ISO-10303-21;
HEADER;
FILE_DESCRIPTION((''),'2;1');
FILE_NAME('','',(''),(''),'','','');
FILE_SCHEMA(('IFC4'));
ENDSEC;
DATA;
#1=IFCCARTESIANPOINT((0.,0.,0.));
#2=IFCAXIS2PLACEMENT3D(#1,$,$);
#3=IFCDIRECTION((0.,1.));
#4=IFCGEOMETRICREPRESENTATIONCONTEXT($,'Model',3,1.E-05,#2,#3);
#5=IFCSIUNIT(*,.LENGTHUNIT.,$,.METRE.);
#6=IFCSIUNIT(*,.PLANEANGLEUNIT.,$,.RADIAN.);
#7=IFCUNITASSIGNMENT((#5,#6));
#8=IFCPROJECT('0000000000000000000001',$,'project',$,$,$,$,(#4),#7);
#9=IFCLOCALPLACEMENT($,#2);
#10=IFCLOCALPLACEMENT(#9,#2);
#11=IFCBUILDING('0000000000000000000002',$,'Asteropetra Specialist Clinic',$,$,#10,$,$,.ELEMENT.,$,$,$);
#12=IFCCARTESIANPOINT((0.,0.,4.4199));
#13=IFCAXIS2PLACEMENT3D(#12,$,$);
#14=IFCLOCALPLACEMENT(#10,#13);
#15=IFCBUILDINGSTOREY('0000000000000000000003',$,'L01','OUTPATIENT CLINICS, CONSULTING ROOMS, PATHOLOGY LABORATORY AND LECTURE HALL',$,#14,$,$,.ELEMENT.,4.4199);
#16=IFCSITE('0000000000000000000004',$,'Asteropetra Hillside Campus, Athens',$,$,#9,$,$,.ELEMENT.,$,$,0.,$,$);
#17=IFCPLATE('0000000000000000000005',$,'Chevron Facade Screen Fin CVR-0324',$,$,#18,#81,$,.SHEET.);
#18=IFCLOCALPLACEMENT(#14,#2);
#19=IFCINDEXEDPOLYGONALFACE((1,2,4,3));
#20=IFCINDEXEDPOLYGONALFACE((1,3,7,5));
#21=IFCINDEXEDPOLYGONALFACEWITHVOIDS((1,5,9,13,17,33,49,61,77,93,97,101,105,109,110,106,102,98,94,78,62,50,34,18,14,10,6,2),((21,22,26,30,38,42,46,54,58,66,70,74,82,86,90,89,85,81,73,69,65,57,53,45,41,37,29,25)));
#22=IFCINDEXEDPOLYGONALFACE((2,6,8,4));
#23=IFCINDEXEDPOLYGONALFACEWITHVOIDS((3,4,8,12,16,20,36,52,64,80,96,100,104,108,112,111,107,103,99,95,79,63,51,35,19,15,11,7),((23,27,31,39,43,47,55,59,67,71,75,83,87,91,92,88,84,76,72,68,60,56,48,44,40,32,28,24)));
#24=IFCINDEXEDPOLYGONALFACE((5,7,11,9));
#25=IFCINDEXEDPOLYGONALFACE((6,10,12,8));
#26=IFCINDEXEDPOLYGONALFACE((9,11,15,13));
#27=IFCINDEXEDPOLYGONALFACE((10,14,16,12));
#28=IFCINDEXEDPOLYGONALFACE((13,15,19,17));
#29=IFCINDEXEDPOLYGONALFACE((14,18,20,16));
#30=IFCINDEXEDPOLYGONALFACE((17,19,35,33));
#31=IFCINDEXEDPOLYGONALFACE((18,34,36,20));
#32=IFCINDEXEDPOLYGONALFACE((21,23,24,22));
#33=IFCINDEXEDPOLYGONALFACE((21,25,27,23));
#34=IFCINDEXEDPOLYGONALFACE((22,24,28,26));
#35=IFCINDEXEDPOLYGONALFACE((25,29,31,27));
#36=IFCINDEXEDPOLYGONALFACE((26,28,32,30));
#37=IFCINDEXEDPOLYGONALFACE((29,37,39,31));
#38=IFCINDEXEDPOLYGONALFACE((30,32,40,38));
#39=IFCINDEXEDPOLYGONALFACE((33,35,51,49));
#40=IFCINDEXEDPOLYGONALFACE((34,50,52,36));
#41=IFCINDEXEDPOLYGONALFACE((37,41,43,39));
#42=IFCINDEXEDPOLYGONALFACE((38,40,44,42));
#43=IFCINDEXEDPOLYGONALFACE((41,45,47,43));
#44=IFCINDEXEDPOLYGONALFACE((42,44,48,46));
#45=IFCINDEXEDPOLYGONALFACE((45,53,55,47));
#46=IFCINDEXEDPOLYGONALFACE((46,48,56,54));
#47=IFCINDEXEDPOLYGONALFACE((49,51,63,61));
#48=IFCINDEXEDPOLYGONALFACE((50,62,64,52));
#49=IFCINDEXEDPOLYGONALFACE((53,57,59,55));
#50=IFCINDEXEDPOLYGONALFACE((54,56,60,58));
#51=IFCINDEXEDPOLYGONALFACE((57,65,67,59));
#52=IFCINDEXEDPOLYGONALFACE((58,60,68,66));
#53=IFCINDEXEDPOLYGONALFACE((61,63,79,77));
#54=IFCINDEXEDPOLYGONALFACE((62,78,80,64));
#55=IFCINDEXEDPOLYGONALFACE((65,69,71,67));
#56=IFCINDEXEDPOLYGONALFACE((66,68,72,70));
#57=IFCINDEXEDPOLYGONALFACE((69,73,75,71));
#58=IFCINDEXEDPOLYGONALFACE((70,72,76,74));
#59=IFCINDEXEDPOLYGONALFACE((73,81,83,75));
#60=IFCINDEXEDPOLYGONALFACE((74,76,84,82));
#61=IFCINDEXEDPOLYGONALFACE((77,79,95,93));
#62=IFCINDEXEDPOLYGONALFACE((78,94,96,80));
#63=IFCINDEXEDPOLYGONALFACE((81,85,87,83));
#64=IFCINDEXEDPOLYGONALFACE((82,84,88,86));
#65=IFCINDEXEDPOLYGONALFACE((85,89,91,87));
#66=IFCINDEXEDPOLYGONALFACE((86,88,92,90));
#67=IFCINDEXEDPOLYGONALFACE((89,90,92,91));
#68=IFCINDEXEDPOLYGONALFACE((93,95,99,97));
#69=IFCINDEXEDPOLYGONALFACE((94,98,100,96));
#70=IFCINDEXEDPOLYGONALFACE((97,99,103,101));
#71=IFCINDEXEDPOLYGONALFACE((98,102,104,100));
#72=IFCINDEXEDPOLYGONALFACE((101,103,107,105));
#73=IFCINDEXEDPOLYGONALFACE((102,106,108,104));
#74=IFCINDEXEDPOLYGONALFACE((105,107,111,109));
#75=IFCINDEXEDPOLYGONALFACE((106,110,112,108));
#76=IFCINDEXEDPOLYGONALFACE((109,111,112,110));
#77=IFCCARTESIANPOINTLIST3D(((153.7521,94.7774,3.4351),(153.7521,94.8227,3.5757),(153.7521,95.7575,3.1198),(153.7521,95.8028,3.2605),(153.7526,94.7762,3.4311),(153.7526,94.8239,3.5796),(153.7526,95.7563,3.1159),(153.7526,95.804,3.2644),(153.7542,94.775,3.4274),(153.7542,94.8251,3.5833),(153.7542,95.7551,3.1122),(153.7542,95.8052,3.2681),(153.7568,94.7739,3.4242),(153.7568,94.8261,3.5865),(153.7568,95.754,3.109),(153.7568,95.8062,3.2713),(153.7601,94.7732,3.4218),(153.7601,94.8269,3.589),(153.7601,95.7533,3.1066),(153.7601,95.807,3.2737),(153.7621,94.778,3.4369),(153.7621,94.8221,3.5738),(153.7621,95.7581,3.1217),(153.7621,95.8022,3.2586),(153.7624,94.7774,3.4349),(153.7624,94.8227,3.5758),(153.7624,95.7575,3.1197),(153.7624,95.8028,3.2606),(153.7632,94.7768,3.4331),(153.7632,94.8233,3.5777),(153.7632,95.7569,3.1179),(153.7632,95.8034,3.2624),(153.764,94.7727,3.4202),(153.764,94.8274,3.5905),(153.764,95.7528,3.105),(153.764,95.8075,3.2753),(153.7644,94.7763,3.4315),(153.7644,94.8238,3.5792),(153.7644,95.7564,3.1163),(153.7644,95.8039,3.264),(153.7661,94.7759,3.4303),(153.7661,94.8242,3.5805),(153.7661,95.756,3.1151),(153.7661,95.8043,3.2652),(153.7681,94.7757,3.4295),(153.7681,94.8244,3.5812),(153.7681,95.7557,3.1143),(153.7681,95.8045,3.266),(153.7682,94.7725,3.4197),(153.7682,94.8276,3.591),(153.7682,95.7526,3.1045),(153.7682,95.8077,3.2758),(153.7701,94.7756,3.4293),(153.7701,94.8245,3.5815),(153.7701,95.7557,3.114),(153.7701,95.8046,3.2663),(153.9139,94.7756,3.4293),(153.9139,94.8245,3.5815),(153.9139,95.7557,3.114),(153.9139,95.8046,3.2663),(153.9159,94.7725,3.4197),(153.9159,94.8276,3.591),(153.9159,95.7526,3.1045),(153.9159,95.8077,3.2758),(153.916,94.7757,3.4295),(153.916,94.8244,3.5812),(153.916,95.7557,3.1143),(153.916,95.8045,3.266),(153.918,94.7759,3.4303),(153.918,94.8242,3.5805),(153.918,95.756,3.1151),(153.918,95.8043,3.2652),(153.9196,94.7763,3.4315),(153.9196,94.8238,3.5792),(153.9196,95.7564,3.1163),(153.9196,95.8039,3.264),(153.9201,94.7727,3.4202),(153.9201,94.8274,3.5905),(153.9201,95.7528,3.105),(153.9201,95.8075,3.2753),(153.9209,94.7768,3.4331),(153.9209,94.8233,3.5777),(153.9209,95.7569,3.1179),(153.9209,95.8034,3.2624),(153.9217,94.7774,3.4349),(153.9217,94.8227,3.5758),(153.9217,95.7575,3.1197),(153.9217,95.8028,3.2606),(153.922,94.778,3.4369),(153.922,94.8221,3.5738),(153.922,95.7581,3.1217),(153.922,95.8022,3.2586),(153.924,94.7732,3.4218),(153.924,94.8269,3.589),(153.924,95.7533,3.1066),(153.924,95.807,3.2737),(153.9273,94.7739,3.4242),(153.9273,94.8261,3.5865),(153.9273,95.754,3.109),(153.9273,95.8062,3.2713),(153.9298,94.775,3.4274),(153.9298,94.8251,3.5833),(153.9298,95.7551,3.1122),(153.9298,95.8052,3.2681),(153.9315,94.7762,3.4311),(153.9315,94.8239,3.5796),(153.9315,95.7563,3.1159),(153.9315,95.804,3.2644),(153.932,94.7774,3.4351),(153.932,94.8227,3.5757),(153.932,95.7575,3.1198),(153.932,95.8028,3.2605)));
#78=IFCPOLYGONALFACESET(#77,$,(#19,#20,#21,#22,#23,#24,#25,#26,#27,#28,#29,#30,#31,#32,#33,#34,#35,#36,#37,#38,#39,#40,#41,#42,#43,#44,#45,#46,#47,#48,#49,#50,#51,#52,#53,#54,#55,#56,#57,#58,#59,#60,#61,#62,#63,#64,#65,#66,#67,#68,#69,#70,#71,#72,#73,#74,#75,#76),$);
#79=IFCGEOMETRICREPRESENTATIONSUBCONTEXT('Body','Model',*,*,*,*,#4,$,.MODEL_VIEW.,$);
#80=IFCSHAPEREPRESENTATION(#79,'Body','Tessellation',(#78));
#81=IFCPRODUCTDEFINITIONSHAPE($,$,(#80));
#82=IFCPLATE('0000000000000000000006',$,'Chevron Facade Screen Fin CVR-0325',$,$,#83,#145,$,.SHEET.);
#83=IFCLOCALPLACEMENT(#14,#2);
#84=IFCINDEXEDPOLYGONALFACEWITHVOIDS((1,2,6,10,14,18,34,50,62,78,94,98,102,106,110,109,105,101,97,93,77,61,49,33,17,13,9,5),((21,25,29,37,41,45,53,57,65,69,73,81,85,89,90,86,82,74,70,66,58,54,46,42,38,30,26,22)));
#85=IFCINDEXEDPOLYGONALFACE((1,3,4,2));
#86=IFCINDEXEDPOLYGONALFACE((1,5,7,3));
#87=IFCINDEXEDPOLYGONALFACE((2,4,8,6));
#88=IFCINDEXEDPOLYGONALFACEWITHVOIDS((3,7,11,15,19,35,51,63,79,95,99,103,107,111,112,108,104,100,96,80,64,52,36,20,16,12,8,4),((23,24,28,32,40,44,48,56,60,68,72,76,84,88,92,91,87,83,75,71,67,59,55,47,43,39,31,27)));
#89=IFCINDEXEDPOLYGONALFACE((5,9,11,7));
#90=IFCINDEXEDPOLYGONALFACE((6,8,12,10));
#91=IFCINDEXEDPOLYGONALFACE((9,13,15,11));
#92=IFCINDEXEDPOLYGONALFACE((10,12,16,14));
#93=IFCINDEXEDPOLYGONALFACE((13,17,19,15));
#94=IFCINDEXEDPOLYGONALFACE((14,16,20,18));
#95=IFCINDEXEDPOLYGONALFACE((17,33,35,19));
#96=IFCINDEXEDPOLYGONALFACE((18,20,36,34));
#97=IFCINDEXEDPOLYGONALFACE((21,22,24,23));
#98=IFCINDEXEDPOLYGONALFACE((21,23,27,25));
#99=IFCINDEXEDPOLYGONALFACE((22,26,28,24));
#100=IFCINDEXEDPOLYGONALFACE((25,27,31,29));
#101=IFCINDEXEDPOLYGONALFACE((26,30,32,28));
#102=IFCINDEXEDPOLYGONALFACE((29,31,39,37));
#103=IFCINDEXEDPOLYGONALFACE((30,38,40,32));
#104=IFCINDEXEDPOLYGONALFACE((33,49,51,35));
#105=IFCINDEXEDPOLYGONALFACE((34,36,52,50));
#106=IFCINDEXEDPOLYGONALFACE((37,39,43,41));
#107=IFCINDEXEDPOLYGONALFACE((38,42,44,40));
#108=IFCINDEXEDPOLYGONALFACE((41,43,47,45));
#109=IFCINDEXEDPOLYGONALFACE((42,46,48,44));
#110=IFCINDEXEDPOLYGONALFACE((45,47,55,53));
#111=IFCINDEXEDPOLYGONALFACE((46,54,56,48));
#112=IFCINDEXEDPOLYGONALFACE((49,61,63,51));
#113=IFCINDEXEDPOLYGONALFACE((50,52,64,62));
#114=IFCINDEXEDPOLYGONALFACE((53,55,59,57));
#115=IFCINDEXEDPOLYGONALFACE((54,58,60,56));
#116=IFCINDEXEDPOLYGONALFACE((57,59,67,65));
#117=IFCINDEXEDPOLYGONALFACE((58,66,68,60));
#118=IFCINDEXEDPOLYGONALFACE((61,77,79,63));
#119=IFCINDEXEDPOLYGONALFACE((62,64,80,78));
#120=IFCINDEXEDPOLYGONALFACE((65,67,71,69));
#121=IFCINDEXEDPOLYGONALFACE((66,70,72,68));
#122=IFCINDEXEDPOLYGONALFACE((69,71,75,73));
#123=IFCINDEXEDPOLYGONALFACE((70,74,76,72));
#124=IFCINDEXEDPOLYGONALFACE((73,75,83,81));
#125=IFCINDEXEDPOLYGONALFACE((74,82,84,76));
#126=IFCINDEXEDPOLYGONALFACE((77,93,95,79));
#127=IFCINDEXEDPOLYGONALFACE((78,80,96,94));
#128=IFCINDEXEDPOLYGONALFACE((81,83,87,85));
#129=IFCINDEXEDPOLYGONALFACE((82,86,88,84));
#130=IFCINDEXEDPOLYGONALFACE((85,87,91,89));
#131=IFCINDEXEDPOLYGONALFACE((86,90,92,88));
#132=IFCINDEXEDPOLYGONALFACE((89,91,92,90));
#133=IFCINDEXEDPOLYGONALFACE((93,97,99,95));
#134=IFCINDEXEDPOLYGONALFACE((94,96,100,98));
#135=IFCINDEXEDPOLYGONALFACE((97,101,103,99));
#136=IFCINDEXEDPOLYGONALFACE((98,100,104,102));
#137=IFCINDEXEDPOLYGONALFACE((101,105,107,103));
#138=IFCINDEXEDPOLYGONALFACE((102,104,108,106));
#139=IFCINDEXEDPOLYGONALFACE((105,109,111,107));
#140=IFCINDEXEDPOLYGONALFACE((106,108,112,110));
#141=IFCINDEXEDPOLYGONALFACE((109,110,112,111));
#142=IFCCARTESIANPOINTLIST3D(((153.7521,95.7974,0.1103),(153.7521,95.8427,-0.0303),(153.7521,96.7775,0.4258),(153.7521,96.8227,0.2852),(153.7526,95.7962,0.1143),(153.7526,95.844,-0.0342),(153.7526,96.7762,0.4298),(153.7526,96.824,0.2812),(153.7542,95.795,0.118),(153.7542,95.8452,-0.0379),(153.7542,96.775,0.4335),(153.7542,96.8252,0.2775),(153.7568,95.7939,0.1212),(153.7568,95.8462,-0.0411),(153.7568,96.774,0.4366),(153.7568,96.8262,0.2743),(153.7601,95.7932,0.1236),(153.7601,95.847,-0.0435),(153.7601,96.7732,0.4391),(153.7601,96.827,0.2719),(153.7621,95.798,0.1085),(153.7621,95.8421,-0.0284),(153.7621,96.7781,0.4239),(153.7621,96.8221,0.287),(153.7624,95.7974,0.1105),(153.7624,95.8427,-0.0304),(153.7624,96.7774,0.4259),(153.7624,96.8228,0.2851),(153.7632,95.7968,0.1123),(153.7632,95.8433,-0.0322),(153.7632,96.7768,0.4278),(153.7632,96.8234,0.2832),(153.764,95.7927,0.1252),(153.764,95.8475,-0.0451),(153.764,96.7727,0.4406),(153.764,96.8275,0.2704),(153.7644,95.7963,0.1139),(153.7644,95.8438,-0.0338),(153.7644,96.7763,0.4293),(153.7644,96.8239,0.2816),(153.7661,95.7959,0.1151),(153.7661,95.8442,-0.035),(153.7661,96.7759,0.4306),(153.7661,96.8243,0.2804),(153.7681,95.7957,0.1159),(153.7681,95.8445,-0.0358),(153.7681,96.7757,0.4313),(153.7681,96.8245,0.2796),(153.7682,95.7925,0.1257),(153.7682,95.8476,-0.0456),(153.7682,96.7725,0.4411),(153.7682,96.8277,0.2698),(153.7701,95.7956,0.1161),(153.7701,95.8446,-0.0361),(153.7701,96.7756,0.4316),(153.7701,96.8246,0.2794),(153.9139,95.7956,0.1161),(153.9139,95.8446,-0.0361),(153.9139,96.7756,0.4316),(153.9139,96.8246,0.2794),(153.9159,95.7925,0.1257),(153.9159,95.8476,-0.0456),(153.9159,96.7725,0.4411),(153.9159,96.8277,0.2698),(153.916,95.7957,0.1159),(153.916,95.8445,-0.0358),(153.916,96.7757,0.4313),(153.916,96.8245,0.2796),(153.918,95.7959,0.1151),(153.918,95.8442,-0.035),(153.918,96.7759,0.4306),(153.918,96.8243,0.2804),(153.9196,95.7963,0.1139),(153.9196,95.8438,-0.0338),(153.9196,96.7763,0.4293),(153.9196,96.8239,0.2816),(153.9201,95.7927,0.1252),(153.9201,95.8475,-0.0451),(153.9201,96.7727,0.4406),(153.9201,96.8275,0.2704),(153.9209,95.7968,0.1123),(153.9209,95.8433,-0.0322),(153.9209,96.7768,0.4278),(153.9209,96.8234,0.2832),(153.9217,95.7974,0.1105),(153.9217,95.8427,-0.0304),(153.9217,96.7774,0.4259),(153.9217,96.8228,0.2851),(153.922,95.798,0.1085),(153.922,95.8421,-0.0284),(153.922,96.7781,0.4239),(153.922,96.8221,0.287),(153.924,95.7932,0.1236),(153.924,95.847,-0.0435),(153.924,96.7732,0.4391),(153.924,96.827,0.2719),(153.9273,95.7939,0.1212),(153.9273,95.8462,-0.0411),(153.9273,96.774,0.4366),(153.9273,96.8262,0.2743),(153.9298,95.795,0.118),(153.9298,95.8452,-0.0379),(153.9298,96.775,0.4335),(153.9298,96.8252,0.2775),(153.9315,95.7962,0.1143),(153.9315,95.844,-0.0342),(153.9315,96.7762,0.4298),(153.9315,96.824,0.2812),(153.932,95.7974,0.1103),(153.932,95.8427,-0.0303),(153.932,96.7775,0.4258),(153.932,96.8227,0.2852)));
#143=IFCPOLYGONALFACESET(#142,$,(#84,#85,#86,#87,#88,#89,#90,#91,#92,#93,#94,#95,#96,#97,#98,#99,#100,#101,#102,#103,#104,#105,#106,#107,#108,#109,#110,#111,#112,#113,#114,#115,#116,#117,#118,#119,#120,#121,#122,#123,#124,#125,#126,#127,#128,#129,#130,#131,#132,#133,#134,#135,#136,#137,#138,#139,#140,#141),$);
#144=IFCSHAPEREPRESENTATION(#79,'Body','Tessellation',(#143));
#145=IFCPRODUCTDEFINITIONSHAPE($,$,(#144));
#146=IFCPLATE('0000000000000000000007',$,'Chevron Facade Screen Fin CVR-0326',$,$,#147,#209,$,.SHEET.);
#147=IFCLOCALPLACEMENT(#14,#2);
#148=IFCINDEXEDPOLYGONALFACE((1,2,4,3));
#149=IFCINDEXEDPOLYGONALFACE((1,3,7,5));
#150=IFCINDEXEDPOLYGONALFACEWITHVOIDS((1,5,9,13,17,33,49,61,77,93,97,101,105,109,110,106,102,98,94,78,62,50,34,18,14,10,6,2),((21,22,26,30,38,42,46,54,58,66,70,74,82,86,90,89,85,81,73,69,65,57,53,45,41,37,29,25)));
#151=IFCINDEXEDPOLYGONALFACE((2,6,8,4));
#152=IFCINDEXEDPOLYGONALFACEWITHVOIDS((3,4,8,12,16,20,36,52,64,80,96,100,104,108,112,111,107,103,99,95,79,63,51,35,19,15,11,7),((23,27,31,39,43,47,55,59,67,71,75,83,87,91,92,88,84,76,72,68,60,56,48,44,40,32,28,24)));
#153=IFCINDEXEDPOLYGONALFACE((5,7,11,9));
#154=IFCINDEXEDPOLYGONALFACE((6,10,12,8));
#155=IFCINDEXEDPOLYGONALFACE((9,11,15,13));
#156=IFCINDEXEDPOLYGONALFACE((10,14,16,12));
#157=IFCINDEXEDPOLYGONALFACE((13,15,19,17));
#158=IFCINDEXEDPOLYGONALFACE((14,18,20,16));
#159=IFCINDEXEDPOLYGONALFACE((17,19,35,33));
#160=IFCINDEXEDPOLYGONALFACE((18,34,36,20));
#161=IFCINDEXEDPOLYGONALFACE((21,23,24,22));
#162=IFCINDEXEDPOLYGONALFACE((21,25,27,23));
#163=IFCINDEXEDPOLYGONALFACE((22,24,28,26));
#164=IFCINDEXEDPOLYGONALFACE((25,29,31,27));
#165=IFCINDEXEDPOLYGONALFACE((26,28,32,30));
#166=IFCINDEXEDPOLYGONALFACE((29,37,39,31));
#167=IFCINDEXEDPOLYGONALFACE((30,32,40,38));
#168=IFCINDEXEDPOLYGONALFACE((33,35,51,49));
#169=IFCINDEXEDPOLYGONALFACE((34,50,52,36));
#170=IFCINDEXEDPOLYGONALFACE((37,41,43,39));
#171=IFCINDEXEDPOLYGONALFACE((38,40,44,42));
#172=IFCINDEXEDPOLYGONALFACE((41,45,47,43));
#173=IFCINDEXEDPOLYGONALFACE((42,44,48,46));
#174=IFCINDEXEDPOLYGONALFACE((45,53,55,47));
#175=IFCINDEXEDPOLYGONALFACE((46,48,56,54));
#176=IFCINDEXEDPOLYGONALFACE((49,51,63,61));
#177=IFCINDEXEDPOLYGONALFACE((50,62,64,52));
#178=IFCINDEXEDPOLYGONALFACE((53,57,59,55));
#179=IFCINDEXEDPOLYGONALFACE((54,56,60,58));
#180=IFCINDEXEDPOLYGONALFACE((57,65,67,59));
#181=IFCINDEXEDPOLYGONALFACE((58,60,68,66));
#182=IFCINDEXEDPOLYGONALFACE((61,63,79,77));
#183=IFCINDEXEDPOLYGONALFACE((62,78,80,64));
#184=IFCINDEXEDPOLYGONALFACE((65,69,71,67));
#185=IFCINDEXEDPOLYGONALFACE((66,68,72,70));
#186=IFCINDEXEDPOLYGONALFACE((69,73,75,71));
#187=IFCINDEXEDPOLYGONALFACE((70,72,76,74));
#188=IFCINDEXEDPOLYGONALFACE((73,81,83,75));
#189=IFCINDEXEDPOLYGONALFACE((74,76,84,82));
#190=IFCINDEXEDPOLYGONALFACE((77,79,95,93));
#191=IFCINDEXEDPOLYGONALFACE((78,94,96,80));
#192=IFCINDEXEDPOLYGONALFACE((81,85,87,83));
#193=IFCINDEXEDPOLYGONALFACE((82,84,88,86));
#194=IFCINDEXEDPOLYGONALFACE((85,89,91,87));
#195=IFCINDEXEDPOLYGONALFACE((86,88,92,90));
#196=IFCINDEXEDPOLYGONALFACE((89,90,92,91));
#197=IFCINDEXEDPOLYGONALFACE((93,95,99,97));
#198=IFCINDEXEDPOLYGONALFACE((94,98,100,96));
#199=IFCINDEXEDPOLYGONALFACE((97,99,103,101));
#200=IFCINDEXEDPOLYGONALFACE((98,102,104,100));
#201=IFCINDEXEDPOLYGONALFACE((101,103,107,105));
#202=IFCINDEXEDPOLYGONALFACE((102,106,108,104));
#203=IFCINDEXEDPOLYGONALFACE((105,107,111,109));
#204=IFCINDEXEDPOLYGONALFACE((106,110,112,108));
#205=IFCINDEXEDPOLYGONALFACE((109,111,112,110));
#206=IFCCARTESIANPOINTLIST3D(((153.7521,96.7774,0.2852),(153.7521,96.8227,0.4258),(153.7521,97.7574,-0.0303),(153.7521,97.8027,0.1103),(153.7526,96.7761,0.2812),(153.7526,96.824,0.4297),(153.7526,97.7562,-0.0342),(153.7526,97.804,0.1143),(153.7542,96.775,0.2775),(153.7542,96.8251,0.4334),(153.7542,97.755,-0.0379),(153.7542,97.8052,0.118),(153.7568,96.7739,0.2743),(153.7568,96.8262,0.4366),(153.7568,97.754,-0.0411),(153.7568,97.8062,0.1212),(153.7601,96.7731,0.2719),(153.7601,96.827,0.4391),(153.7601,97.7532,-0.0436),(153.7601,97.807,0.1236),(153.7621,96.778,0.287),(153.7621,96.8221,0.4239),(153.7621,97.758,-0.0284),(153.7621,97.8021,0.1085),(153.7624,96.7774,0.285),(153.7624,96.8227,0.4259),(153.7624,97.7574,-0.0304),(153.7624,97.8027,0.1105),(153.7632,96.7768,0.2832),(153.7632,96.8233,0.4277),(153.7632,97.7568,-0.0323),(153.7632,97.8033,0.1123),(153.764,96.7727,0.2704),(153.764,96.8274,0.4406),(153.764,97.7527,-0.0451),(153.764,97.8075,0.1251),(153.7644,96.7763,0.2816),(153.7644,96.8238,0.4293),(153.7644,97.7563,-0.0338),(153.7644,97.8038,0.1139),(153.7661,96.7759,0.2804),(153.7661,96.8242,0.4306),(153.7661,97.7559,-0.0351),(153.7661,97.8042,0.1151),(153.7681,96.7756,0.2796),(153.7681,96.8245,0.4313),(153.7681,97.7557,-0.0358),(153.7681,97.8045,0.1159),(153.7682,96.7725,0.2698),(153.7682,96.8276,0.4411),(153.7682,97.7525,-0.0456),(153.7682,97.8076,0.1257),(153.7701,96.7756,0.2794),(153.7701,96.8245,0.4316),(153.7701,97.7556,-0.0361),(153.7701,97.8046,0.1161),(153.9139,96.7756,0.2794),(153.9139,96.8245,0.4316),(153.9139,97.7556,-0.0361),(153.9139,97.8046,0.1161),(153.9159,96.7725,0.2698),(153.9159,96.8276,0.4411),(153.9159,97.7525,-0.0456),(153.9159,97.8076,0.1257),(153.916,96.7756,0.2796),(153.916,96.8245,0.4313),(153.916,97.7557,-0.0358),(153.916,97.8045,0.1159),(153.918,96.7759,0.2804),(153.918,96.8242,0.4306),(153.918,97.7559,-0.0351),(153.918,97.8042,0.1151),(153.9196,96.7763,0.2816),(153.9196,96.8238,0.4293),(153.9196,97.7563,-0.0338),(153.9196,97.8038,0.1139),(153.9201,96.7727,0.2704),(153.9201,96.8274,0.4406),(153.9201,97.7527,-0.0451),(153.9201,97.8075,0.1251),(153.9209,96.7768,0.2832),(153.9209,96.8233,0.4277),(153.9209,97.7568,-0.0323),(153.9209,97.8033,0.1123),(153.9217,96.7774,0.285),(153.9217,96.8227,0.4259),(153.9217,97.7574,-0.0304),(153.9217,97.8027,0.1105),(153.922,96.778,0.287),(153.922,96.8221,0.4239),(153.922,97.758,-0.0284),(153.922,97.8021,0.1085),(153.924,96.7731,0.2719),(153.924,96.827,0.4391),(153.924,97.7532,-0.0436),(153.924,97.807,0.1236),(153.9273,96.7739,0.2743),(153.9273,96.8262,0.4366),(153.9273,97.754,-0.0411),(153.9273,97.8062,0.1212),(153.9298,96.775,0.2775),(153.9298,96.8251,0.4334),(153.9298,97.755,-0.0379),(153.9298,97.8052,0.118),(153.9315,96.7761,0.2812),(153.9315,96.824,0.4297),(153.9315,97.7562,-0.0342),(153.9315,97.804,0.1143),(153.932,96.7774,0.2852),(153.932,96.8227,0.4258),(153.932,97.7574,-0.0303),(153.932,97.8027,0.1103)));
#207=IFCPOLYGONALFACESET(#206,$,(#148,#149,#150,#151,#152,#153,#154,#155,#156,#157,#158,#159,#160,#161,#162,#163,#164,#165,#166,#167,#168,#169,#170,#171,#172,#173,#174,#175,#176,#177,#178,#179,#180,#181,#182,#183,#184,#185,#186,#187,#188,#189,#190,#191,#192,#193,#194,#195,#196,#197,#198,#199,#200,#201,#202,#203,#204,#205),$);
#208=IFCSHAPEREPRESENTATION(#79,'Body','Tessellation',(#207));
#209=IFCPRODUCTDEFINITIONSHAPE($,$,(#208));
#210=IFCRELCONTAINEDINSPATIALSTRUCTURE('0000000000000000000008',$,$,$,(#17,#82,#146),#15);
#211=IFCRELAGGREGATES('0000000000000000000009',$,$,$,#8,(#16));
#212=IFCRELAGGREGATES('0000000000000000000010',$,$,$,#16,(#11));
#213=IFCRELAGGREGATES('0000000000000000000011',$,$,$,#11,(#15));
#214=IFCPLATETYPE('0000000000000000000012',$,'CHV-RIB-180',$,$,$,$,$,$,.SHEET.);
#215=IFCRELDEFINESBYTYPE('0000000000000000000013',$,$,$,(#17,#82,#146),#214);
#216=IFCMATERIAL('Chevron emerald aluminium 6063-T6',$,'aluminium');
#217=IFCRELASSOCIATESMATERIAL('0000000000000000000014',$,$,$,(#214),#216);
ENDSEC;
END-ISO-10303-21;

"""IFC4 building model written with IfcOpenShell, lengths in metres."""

from ifc_helpers import new_model, si_unit, direction, frame, origin, origin_2d, place, context, subcontext, project, spatial, hollow_rectangle, extrude, material, material_profile, profile_set, type_object, element, save


model = new_model("IFC4")

# Units and contexts
model_context = context("Model", 3, precision=1e-05, world=origin(), true_north=direction((0.0, 1.0)))
body_context = subcontext(model_context, "Body", "Model", "MODEL_VIEW")
ifc_project = project(units=[si_unit("LENGTHUNIT", "METRE"), si_unit("PLANEANGLEUNIT", "RADIAN")], contexts=[model_context])

# Site, building, storey
site_placement = place(None, origin())
site = spatial("IfcSite", under=ifc_project, at=site_placement, Name="Asteropetra Hillside Campus, Athens", CompositionType="ELEMENT", RefElevation=0.0)
building_placement = place(site_placement, origin())
building = spatial("IfcBuilding", under=site, at=building_placement, Name="Asteropetra Specialist Clinic", CompositionType="ELEMENT")
storey_placement = place(building_placement, frame((0.0, 0.0, 4.4199)))
storey = spatial("IfcBuildingStorey", under=building, at=storey_placement, Name="L01", Description="OUTPATIENT CLINICS, CONSULTING ROOMS, PATHOLOGY LABORATORY AND LECTURE HALL", CompositionType="ELEMENT", Elevation=4.4199)

# Plates
ifc_material_1 = material(Name="Chevron emerald aluminium 6063-T6", Category="aluminium")
ifc_material_profile = material_profile(ifc_material_1, hollow_rectangle(XDim=0.1799, YDim=0.1799, WallThickness=0.01, InnerFilletRadius=0.0081, OuterFilletRadius=0.0161, at=origin_2d()), Name="SHS 180x180x10.0")
ifc_profile_set = profile_set([ifc_material_profile], Name="Chevron emerald aluminium 6063-T6")
plate_type = type_object("IfcPlateType", Name="CHV-RIB-180", PredefinedType="SHEET", material=ifc_profile_set)
for number, where, z_axis, x_axis, name in (
    (1, (153.842, 94.8, 3.5054), (0.0, 0.951974, -0.306178), (-1.0, 0.0, 0.0), "Chevron Facade Screen Fin CVR-0324"),
    (2, (153.842, 95.8201, 0.04), (0.0, 0.951905, 0.306393), (-1.0, 0.0, 0.0), "Chevron Facade Screen Fin CVR-0325"),
    (3, (153.842, 96.8, 0.3555), (0.0, 0.951905, -0.306393), (-1.0, 0.0, 0.0), "Chevron Facade Screen Fin CVR-0326"),
):
    element("IfcPlate", number, at=place(storey_placement, frame(where, z_axis=z_axis, x_axis=x_axis)), inside=storey, type_object=plate_type, Name=name, PredefinedType="SHEET", context=body_context, shape_type="SweptSolid", body=[
        extrude(hollow_rectangle(XDim=0.1799, YDim=0.1799, WallThickness=0.01, InnerFilletRadius=0.0081, OuterFilletRadius=0.0161, at=origin_2d()), origin(), (0.0, 0.0, 1.0), 1.0295),
    ])

save(model, "model.ifc")
